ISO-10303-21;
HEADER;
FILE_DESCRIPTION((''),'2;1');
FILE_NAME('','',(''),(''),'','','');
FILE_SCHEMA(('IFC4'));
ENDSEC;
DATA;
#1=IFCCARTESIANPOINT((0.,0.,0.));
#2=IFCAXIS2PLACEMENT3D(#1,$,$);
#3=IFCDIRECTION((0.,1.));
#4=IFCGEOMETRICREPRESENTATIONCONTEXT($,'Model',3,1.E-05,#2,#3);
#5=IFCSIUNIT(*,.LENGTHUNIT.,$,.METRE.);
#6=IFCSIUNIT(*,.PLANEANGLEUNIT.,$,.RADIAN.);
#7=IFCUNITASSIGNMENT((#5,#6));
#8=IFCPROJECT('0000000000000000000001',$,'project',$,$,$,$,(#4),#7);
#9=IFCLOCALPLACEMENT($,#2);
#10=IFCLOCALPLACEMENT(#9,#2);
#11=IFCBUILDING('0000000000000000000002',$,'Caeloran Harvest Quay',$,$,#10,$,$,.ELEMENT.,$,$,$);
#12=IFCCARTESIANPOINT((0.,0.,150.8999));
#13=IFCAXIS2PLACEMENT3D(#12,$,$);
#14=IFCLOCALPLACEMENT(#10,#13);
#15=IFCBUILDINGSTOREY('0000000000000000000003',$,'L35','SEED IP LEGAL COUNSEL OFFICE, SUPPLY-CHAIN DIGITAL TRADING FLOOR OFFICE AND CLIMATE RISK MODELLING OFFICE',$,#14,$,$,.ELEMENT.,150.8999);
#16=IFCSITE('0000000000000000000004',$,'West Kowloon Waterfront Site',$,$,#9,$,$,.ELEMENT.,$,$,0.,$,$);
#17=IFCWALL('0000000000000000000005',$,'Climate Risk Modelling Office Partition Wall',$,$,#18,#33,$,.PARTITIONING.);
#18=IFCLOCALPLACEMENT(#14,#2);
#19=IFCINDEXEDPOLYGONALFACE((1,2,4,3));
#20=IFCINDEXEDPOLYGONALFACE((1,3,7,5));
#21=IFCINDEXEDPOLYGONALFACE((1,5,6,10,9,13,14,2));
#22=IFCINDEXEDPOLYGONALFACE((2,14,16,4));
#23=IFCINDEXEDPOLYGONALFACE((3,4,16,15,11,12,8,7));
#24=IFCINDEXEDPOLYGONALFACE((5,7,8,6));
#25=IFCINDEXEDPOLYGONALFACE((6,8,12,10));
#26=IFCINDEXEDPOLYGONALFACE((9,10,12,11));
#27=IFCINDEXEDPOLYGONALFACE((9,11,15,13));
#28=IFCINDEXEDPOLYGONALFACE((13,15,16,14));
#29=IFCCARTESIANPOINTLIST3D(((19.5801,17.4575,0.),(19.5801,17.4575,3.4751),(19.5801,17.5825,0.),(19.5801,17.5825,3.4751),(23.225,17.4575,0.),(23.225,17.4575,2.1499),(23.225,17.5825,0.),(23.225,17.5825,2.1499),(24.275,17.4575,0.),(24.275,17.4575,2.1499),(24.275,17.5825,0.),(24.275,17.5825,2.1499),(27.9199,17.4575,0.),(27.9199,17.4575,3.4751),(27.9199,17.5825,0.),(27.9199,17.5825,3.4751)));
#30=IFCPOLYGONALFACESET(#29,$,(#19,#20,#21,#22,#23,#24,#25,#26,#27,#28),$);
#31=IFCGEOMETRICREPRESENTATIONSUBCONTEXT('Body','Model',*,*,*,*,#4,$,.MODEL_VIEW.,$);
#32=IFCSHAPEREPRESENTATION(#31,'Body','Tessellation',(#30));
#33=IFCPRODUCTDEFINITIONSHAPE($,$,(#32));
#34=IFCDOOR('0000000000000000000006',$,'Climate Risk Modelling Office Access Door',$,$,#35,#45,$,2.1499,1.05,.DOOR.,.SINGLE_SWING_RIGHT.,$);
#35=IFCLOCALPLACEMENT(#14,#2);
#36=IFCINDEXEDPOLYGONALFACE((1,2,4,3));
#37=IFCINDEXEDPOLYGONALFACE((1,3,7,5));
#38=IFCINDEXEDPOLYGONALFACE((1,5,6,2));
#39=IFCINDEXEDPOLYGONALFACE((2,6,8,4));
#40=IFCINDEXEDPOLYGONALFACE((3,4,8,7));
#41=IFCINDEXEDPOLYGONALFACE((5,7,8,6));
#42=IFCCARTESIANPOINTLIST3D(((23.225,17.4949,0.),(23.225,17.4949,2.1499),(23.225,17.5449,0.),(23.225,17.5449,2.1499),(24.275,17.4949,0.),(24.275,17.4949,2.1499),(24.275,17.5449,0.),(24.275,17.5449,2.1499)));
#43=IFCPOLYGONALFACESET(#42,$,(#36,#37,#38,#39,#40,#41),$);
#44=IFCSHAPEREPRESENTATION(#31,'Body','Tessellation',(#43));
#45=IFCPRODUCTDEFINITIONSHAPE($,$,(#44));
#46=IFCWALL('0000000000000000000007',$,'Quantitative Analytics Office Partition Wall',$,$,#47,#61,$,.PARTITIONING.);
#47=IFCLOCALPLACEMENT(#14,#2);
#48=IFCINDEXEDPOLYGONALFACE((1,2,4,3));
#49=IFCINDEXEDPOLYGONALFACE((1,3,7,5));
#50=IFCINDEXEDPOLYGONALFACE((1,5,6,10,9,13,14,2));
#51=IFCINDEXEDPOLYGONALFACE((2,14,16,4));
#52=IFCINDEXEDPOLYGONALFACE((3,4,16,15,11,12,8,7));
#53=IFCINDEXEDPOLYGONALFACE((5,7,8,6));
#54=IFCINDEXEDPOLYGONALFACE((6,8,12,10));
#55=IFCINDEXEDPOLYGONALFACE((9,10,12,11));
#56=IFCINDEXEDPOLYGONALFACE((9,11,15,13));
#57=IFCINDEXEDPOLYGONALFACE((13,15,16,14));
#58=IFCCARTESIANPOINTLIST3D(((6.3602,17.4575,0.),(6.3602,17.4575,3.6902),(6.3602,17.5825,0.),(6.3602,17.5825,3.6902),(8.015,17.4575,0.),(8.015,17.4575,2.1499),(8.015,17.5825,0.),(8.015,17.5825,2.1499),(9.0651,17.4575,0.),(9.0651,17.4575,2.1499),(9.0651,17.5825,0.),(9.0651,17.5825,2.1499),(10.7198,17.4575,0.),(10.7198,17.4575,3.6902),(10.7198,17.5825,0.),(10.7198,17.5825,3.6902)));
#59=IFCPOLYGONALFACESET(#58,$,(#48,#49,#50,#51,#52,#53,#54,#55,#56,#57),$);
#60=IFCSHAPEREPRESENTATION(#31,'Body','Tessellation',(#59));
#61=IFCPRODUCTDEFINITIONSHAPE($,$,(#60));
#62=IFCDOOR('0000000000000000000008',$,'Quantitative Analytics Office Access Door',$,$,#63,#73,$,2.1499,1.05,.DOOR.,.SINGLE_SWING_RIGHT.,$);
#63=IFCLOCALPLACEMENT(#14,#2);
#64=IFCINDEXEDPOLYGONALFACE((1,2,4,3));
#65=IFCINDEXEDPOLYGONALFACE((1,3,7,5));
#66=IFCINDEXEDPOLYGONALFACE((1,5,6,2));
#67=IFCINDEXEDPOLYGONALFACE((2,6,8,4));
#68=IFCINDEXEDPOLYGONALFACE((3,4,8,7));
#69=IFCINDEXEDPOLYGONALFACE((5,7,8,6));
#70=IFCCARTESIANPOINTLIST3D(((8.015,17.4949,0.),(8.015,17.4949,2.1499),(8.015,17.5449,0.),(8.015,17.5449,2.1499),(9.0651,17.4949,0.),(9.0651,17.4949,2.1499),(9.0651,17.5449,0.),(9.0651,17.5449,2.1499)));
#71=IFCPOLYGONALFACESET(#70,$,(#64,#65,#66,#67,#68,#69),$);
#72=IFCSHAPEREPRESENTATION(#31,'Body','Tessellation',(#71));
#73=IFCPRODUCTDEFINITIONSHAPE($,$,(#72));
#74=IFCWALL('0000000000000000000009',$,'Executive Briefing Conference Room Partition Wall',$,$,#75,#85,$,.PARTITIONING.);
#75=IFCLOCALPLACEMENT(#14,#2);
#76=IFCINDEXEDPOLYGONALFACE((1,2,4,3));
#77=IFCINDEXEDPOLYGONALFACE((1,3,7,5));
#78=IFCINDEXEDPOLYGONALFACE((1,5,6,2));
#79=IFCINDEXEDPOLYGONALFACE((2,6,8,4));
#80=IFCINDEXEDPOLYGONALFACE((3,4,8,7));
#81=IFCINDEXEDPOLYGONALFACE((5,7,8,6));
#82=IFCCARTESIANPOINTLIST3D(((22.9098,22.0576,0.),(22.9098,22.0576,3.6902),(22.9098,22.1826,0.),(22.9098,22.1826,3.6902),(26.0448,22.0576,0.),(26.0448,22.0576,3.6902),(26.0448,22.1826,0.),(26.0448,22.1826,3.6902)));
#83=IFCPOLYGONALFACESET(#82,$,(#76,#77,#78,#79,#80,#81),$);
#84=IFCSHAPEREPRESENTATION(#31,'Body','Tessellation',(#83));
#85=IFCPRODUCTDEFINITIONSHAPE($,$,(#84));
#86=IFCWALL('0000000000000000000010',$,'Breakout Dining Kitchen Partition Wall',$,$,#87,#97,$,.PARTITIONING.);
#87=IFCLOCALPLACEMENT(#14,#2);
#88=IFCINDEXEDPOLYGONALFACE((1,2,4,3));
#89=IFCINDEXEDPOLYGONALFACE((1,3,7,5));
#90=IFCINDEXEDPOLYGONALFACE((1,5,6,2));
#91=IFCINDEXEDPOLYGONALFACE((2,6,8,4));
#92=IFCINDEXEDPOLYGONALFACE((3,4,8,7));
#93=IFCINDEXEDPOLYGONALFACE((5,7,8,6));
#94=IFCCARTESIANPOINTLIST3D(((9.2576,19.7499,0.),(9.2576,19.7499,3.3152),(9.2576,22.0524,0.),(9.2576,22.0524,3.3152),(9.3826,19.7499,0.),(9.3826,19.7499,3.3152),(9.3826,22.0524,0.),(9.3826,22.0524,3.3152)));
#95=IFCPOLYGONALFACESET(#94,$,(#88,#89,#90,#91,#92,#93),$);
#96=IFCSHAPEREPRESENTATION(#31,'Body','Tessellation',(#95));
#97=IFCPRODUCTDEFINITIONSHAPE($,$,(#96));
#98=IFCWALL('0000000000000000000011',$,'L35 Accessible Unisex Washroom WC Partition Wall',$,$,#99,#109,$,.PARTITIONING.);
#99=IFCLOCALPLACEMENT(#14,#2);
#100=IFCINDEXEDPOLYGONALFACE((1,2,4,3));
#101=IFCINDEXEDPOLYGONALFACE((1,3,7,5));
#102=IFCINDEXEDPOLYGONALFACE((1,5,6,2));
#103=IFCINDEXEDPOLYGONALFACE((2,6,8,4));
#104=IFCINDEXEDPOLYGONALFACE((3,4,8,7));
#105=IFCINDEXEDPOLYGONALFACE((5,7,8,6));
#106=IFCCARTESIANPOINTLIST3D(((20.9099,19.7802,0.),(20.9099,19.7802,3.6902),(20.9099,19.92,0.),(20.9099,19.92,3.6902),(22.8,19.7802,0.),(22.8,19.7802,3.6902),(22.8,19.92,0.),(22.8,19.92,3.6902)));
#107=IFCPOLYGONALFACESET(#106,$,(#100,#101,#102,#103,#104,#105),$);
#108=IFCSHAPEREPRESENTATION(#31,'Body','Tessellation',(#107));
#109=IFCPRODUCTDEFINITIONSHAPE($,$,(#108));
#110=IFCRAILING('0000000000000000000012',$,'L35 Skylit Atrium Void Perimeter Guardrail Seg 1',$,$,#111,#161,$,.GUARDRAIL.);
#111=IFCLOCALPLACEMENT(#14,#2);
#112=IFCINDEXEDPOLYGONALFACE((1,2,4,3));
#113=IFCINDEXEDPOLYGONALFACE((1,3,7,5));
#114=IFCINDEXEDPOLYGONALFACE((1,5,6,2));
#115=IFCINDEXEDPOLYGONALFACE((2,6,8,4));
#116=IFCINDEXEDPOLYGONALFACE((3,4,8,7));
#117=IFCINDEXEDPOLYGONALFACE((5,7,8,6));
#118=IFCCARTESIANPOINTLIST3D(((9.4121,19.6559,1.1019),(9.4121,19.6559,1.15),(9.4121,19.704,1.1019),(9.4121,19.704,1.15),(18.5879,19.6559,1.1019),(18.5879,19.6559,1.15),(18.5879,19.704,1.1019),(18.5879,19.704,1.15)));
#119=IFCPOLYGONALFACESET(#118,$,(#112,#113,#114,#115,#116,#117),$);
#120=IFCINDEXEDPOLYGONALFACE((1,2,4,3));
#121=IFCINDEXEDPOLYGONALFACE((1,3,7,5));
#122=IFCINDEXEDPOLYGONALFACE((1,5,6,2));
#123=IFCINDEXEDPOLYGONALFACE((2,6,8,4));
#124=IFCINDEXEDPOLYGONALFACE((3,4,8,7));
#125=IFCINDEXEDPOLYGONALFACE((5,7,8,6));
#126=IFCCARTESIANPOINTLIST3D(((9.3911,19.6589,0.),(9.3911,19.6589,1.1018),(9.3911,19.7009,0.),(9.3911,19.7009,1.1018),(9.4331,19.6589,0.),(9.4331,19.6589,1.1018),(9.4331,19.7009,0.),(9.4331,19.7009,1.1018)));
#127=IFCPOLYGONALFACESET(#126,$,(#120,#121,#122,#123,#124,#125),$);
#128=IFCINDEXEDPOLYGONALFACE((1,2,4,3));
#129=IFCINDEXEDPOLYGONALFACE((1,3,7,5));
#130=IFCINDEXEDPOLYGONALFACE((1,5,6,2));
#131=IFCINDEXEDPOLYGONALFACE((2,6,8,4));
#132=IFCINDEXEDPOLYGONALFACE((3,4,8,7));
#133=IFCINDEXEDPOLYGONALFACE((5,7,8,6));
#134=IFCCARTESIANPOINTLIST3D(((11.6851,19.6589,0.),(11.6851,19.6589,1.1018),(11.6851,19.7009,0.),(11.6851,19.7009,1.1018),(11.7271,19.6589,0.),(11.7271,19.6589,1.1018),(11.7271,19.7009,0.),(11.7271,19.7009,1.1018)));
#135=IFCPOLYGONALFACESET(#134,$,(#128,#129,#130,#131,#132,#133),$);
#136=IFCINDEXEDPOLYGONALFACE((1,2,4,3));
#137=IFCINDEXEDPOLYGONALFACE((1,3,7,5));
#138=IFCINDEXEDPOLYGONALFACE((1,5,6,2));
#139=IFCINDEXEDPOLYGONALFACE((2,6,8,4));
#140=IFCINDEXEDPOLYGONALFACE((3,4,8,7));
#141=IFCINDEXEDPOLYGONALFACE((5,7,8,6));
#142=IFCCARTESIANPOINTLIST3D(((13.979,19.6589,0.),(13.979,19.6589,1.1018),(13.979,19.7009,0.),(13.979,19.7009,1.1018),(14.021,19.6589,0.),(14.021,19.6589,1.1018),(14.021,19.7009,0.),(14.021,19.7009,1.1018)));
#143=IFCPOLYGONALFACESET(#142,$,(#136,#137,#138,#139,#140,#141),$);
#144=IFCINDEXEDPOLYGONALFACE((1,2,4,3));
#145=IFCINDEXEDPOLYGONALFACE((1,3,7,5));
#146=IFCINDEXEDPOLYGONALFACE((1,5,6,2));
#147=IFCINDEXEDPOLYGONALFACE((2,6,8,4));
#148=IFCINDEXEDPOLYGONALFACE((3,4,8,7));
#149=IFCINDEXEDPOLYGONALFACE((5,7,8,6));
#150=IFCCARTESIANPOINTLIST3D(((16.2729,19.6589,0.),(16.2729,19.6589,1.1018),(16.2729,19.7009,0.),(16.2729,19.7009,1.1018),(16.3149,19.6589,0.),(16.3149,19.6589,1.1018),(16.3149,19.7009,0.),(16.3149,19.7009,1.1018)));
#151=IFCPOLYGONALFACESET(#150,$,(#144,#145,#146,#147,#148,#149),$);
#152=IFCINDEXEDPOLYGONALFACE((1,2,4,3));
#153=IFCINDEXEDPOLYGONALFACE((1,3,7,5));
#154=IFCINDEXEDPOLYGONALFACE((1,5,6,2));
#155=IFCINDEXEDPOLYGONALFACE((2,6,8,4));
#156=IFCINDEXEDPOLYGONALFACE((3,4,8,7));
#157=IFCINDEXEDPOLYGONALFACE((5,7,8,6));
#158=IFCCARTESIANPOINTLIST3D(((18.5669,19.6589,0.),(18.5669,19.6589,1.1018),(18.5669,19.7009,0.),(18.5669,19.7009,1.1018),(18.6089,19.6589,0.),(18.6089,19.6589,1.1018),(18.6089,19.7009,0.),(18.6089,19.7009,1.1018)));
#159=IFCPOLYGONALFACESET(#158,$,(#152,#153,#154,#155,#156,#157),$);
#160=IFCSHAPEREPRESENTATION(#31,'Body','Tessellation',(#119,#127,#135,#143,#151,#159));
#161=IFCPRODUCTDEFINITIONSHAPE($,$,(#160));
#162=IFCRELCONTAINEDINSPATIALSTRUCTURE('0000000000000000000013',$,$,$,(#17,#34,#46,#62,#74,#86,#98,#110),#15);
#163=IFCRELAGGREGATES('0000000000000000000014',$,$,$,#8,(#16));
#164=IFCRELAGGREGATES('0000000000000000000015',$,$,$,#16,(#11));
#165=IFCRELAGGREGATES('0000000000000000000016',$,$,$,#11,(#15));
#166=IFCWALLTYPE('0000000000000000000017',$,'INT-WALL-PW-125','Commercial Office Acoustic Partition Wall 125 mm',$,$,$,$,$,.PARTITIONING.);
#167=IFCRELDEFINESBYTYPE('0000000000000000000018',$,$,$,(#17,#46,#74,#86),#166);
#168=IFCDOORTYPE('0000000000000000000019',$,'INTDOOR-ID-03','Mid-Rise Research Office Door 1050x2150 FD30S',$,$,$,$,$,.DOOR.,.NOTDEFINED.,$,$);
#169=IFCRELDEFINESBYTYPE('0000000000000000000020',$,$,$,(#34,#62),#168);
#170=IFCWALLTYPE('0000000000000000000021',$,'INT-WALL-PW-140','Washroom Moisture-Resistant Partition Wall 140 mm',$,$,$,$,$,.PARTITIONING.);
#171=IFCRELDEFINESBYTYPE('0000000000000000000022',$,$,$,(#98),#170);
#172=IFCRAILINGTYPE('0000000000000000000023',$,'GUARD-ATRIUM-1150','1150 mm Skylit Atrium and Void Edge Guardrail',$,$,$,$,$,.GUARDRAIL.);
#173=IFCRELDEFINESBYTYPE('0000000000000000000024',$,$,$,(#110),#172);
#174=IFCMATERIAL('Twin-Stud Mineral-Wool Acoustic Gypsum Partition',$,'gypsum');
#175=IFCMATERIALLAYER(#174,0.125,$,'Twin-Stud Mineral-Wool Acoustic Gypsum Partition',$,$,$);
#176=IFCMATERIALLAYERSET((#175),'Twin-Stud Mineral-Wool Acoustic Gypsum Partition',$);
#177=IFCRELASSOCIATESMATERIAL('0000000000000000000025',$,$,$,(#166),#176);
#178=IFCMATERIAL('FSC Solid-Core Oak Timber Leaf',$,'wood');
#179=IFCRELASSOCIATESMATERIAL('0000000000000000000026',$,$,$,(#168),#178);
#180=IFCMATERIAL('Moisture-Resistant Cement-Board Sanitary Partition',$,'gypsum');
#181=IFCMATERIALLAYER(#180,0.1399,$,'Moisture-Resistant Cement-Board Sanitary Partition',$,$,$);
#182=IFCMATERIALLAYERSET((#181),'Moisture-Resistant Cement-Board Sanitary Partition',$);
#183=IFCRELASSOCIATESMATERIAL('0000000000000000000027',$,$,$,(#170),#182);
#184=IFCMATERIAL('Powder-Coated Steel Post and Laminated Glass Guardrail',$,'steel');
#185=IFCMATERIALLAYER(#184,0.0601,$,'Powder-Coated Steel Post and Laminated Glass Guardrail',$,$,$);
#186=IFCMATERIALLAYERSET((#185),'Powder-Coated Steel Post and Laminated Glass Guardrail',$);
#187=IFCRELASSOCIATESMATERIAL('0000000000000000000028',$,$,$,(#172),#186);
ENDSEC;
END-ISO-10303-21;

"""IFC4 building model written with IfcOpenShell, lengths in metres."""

from ifc_helpers import new_model, si_unit, direction, frame, frame_2d, origin, origin_2d, place, context, subcontext, project, spatial, rectangle, extrude, material, layer, layer_set, type_object, element, fill, save


model = new_model("IFC4")

# Units and contexts
model_context = context("Model", 3, precision=1e-05, world=origin(), true_north=direction((0.0, 1.0)))
body_context = subcontext(model_context, "Body", "Model", "MODEL_VIEW")
ifc_project = project(units=[si_unit("LENGTHUNIT", "METRE"), si_unit("PLANEANGLEUNIT", "RADIAN")], contexts=[model_context])

# Site, building, storey
site_placement = place(None, origin())
site = spatial("IfcSite", under=ifc_project, at=site_placement, Name="West Kowloon Waterfront Site", CompositionType="ELEMENT", RefElevation=0.0)
building_placement = place(site_placement, origin())
building = spatial("IfcBuilding", under=site, at=building_placement, Name="Caeloran Harvest Quay", CompositionType="ELEMENT")
storey_placement = place(building_placement, frame((0.0, 0.0, 150.8999)))
storey = spatial("IfcBuildingStorey", under=building, at=storey_placement, Name="L35", Description="SEED IP LEGAL COUNSEL OFFICE, SUPPLY-CHAIN DIGITAL TRADING FLOOR OFFICE AND CLIMATE RISK MODELLING OFFICE", CompositionType="ELEMENT", Elevation=150.8999)

# Shared definitions
ifc_material_1 = material(Name="Twin-Stud Mineral-Wool Acoustic Gypsum Partition", Category="gypsum")
ifc_layer_1 = layer(ifc_material_1, 0.125, Name="Twin-Stud Mineral-Wool Acoustic Gypsum Partition")
ifc_layer_set_1 = layer_set([ifc_layer_1], Name="Twin-Stud Mineral-Wool Acoustic Gypsum Partition")
wall_type_1 = type_object("IfcWallType", Name="INT-WALL-PW-125", Description="Commercial Office Acoustic Partition Wall 125 mm", PredefinedType="PARTITIONING", material=ifc_layer_set_1)
ifc_material_2 = material(Name="FSC Solid-Core Oak Timber Leaf", Category="wood")
door_type_1 = type_object("IfcDoorType", Name="INTDOOR-ID-03", Description="Mid-Rise Research Office Door 1050x2150 FD30S", OperationType="NOTDEFINED", PredefinedType="DOOR", material=ifc_material_2)

# Walls, openings, doors
wall_1_placement = place(storey_placement, frame((19.5801, 17.52, 0.0), z_axis=(0.0, 0.0, 1.0), x_axis=(1.0, 0.0, 0.0)))
wall_1 = element("IfcWall", 1, at=wall_1_placement, inside=storey, type_object=wall_type_1, Name="Climate Risk Modelling Office Partition Wall", PredefinedType="PARTITIONING", context=body_context, shape_type="SweptSolid", body=[
    extrude(rectangle(XDim=8.3398, YDim=0.125, at=frame_2d((4.1699, 0.0))), origin(), (0.0, 0.0, 1.0), 3.4751),
])
opening_1_placement = place(wall_1_placement, frame((3.645, 0.0, 0.0)))
opening_1 = element("IfcOpeningElement", 2, at=opening_1_placement, cuts=wall_1, PredefinedType="OPENING", context=body_context, shape_type="SweptSolid", body=[
    extrude(rectangle(XDim=1.05, YDim=2.1499, at=frame_2d((0.5249, 1.075))), frame((0.0, 0.0725, 0.0), z_axis=(0.0, -1.0, 0.0), x_axis=(1.0, 0.0, 0.0)), (0.0, 0.0, 1.0), 0.145),
])
door_1_placement = place(opening_1_placement, origin())
door_1 = element("IfcDoor", 3, at=door_1_placement, inside=storey, type_object=door_type_1, Name="Climate Risk Modelling Office Access Door", OperationType="SINGLE_SWING_RIGHT", OverallHeight=2.1499, OverallWidth=1.05, PredefinedType="DOOR", context=body_context, shape_type="SweptSolid", body=[
    extrude(rectangle(XDim=1.05, YDim=2.1499, at=frame_2d((0.5249, 1.075))), frame((0.0, 0.0249, 0.0), z_axis=(0.0, -1.0, 0.0), x_axis=(1.0, 0.0, 0.0)), (0.0, 0.0, 1.0), 0.05),
])
fill(opening_1, door_1)
wall_2_placement = place(storey_placement, frame((6.3604, 17.52, 0.0), z_axis=(0.0, 0.0, 1.0), x_axis=(1.0, 0.0, 0.0)))
wall_2 = element("IfcWall", 4, at=wall_2_placement, inside=storey, type_object=wall_type_1, Name="Quantitative Analytics Office Partition Wall", PredefinedType="PARTITIONING", context=body_context, shape_type="SweptSolid", body=[
    extrude(rectangle(XDim=4.3596, YDim=0.125, at=frame_2d((2.1797, 0.0))), origin(), (0.0, 0.0, 1.0), 3.6902),
])
opening_2_placement = place(wall_2_placement, frame((1.6548, 0.0, 0.0)))
opening_2 = element("IfcOpeningElement", 5, at=opening_2_placement, cuts=wall_2, PredefinedType="OPENING", context=body_context, shape_type="SweptSolid", body=[
    extrude(rectangle(XDim=1.05, YDim=2.1499, at=frame_2d((0.5249, 1.075))), frame((0.0, 0.0725, 0.0), z_axis=(0.0, -1.0, 0.0), x_axis=(1.0, 0.0, 0.0)), (0.0, 0.0, 1.0), 0.145),
])
door_2_placement = place(opening_2_placement, origin())
door_2 = element("IfcDoor", 6, at=door_2_placement, inside=storey, type_object=door_type_1, Name="Quantitative Analytics Office Access Door", OperationType="SINGLE_SWING_RIGHT", OverallHeight=2.1499, OverallWidth=1.05, PredefinedType="DOOR", context=body_context, shape_type="SweptSolid", body=[
    extrude(rectangle(XDim=1.05, YDim=2.1499, at=frame_2d((0.5249, 1.075))), frame((0.0, 0.0249, 0.0), z_axis=(0.0, -1.0, 0.0), x_axis=(1.0, 0.0, 0.0)), (0.0, 0.0, 1.0), 0.05),
])
fill(opening_2, door_2)

# Walls
wall_3_placement = place(storey_placement, frame((22.9099, 22.1201, 0.0), z_axis=(0.0, 0.0, 1.0), x_axis=(1.0, 0.0, 0.0)))
element("IfcWall", 7, at=wall_3_placement, inside=storey, type_object=wall_type_1, Name="Executive Briefing Conference Room Partition Wall", PredefinedType="PARTITIONING", context=body_context, shape_type="SweptSolid", body=[
    extrude(rectangle(XDim=3.135, YDim=0.125, at=frame_2d((1.5674, 0.0))), origin(), (0.0, 0.0, 1.0), 3.6902),
])
wall_4_placement = place(storey_placement, frame((9.3201, 22.0525, 0.0), z_axis=(0.0, 0.0, 1.0), x_axis=(0.0, -1.0, 0.0)))
element("IfcWall", 8, at=wall_4_placement, inside=storey, type_object=wall_type_1, Name="Breakout Dining Kitchen Partition Wall", PredefinedType="PARTITIONING", context=body_context, shape_type="SweptSolid", body=[
    extrude(rectangle(XDim=2.3025, YDim=0.125, at=frame_2d((1.1514, 0.0))), origin(), (0.0, 0.0, 1.0), 3.3152),
])

# Wall
ifc_material_3 = material(Name="Moisture-Resistant Cement-Board Sanitary Partition", Category="gypsum")
ifc_layer_2 = layer(ifc_material_3, 0.1399, Name="Moisture-Resistant Cement-Board Sanitary Partition")
ifc_layer_set_2 = layer_set([ifc_layer_2], Name="Moisture-Resistant Cement-Board Sanitary Partition")
wall_type_2 = type_object("IfcWallType", Name="INT-WALL-PW-140", Description="Washroom Moisture-Resistant Partition Wall 140 mm", PredefinedType="PARTITIONING", material=ifc_layer_set_2)
wall_5_placement = place(storey_placement, frame((22.8, 19.8501, 0.0), z_axis=(0.0, 0.0, 1.0), x_axis=(-1.0, 0.0, 0.0)))
element("IfcWall", 9, at=wall_5_placement, inside=storey, type_object=wall_type_2, Name="L35 Accessible Unisex Washroom WC Partition Wall", PredefinedType="PARTITIONING", context=body_context, shape_type="SweptSolid", body=[
    extrude(rectangle(XDim=1.8901, YDim=0.1399, at=frame_2d((0.9451, 0.0))), origin(), (0.0, 0.0, 1.0), 3.6902),
])

# Railing
ifc_material_4 = material(Name="Powder-Coated Steel Post and Laminated Glass Guardrail", Category="steel")
ifc_layer_3 = layer(ifc_material_4, 0.0601, Name="Powder-Coated Steel Post and Laminated Glass Guardrail")
ifc_layer_set_3 = layer_set([ifc_layer_3], Name="Powder-Coated Steel Post and Laminated Glass Guardrail")
railing_type = type_object("IfcRailingType", Name="GUARD-ATRIUM-1150", Description="1150 mm Skylit Atrium and Void Edge Guardrail", PredefinedType="GUARDRAIL", material=ifc_layer_set_3)
railing_1_placement = place(storey_placement, frame((9.4121, 19.6799, 0.0)))
element("IfcRailing", 10, at=railing_1_placement, inside=storey, type_object=railing_type, Name="L35 Skylit Atrium Void Perimeter Guardrail Seg 1", PredefinedType="GUARDRAIL", context=body_context, shape_type="SweptSolid", body=[
    extrude(rectangle(XDim=0.0481, YDim=0.0481, at=origin_2d()), frame((0.0, 0.0, 1.126), z_axis=(1.0, 0.0, 0.0), x_axis=(0.0, 1.0, 0.0)), (0.0, 0.0, 1.0), 9.1758),
    extrude(rectangle(XDim=0.042, YDim=0.042, at=origin_2d()), origin(), (0.0, 0.0, 1.0), 1.1018),
    extrude(rectangle(XDim=0.042, YDim=0.042, at=origin_2d()), frame((2.2939, 0.0, 0.0)), (0.0, 0.0, 1.0), 1.1018),
    extrude(rectangle(XDim=0.042, YDim=0.042, at=origin_2d()), frame((4.5879, 0.0, 0.0)), (0.0, 0.0, 1.0), 1.1018),
    extrude(rectangle(XDim=0.042, YDim=0.042, at=origin_2d()), frame((6.8818, 0.0, 0.0)), (0.0, 0.0, 1.0), 1.1018),
    extrude(rectangle(XDim=0.042, YDim=0.042, at=origin_2d()), frame((9.1758, 0.0, 0.0)), (0.0, 0.0, 1.0), 1.1018),
])

save(model, "model.ifc")
